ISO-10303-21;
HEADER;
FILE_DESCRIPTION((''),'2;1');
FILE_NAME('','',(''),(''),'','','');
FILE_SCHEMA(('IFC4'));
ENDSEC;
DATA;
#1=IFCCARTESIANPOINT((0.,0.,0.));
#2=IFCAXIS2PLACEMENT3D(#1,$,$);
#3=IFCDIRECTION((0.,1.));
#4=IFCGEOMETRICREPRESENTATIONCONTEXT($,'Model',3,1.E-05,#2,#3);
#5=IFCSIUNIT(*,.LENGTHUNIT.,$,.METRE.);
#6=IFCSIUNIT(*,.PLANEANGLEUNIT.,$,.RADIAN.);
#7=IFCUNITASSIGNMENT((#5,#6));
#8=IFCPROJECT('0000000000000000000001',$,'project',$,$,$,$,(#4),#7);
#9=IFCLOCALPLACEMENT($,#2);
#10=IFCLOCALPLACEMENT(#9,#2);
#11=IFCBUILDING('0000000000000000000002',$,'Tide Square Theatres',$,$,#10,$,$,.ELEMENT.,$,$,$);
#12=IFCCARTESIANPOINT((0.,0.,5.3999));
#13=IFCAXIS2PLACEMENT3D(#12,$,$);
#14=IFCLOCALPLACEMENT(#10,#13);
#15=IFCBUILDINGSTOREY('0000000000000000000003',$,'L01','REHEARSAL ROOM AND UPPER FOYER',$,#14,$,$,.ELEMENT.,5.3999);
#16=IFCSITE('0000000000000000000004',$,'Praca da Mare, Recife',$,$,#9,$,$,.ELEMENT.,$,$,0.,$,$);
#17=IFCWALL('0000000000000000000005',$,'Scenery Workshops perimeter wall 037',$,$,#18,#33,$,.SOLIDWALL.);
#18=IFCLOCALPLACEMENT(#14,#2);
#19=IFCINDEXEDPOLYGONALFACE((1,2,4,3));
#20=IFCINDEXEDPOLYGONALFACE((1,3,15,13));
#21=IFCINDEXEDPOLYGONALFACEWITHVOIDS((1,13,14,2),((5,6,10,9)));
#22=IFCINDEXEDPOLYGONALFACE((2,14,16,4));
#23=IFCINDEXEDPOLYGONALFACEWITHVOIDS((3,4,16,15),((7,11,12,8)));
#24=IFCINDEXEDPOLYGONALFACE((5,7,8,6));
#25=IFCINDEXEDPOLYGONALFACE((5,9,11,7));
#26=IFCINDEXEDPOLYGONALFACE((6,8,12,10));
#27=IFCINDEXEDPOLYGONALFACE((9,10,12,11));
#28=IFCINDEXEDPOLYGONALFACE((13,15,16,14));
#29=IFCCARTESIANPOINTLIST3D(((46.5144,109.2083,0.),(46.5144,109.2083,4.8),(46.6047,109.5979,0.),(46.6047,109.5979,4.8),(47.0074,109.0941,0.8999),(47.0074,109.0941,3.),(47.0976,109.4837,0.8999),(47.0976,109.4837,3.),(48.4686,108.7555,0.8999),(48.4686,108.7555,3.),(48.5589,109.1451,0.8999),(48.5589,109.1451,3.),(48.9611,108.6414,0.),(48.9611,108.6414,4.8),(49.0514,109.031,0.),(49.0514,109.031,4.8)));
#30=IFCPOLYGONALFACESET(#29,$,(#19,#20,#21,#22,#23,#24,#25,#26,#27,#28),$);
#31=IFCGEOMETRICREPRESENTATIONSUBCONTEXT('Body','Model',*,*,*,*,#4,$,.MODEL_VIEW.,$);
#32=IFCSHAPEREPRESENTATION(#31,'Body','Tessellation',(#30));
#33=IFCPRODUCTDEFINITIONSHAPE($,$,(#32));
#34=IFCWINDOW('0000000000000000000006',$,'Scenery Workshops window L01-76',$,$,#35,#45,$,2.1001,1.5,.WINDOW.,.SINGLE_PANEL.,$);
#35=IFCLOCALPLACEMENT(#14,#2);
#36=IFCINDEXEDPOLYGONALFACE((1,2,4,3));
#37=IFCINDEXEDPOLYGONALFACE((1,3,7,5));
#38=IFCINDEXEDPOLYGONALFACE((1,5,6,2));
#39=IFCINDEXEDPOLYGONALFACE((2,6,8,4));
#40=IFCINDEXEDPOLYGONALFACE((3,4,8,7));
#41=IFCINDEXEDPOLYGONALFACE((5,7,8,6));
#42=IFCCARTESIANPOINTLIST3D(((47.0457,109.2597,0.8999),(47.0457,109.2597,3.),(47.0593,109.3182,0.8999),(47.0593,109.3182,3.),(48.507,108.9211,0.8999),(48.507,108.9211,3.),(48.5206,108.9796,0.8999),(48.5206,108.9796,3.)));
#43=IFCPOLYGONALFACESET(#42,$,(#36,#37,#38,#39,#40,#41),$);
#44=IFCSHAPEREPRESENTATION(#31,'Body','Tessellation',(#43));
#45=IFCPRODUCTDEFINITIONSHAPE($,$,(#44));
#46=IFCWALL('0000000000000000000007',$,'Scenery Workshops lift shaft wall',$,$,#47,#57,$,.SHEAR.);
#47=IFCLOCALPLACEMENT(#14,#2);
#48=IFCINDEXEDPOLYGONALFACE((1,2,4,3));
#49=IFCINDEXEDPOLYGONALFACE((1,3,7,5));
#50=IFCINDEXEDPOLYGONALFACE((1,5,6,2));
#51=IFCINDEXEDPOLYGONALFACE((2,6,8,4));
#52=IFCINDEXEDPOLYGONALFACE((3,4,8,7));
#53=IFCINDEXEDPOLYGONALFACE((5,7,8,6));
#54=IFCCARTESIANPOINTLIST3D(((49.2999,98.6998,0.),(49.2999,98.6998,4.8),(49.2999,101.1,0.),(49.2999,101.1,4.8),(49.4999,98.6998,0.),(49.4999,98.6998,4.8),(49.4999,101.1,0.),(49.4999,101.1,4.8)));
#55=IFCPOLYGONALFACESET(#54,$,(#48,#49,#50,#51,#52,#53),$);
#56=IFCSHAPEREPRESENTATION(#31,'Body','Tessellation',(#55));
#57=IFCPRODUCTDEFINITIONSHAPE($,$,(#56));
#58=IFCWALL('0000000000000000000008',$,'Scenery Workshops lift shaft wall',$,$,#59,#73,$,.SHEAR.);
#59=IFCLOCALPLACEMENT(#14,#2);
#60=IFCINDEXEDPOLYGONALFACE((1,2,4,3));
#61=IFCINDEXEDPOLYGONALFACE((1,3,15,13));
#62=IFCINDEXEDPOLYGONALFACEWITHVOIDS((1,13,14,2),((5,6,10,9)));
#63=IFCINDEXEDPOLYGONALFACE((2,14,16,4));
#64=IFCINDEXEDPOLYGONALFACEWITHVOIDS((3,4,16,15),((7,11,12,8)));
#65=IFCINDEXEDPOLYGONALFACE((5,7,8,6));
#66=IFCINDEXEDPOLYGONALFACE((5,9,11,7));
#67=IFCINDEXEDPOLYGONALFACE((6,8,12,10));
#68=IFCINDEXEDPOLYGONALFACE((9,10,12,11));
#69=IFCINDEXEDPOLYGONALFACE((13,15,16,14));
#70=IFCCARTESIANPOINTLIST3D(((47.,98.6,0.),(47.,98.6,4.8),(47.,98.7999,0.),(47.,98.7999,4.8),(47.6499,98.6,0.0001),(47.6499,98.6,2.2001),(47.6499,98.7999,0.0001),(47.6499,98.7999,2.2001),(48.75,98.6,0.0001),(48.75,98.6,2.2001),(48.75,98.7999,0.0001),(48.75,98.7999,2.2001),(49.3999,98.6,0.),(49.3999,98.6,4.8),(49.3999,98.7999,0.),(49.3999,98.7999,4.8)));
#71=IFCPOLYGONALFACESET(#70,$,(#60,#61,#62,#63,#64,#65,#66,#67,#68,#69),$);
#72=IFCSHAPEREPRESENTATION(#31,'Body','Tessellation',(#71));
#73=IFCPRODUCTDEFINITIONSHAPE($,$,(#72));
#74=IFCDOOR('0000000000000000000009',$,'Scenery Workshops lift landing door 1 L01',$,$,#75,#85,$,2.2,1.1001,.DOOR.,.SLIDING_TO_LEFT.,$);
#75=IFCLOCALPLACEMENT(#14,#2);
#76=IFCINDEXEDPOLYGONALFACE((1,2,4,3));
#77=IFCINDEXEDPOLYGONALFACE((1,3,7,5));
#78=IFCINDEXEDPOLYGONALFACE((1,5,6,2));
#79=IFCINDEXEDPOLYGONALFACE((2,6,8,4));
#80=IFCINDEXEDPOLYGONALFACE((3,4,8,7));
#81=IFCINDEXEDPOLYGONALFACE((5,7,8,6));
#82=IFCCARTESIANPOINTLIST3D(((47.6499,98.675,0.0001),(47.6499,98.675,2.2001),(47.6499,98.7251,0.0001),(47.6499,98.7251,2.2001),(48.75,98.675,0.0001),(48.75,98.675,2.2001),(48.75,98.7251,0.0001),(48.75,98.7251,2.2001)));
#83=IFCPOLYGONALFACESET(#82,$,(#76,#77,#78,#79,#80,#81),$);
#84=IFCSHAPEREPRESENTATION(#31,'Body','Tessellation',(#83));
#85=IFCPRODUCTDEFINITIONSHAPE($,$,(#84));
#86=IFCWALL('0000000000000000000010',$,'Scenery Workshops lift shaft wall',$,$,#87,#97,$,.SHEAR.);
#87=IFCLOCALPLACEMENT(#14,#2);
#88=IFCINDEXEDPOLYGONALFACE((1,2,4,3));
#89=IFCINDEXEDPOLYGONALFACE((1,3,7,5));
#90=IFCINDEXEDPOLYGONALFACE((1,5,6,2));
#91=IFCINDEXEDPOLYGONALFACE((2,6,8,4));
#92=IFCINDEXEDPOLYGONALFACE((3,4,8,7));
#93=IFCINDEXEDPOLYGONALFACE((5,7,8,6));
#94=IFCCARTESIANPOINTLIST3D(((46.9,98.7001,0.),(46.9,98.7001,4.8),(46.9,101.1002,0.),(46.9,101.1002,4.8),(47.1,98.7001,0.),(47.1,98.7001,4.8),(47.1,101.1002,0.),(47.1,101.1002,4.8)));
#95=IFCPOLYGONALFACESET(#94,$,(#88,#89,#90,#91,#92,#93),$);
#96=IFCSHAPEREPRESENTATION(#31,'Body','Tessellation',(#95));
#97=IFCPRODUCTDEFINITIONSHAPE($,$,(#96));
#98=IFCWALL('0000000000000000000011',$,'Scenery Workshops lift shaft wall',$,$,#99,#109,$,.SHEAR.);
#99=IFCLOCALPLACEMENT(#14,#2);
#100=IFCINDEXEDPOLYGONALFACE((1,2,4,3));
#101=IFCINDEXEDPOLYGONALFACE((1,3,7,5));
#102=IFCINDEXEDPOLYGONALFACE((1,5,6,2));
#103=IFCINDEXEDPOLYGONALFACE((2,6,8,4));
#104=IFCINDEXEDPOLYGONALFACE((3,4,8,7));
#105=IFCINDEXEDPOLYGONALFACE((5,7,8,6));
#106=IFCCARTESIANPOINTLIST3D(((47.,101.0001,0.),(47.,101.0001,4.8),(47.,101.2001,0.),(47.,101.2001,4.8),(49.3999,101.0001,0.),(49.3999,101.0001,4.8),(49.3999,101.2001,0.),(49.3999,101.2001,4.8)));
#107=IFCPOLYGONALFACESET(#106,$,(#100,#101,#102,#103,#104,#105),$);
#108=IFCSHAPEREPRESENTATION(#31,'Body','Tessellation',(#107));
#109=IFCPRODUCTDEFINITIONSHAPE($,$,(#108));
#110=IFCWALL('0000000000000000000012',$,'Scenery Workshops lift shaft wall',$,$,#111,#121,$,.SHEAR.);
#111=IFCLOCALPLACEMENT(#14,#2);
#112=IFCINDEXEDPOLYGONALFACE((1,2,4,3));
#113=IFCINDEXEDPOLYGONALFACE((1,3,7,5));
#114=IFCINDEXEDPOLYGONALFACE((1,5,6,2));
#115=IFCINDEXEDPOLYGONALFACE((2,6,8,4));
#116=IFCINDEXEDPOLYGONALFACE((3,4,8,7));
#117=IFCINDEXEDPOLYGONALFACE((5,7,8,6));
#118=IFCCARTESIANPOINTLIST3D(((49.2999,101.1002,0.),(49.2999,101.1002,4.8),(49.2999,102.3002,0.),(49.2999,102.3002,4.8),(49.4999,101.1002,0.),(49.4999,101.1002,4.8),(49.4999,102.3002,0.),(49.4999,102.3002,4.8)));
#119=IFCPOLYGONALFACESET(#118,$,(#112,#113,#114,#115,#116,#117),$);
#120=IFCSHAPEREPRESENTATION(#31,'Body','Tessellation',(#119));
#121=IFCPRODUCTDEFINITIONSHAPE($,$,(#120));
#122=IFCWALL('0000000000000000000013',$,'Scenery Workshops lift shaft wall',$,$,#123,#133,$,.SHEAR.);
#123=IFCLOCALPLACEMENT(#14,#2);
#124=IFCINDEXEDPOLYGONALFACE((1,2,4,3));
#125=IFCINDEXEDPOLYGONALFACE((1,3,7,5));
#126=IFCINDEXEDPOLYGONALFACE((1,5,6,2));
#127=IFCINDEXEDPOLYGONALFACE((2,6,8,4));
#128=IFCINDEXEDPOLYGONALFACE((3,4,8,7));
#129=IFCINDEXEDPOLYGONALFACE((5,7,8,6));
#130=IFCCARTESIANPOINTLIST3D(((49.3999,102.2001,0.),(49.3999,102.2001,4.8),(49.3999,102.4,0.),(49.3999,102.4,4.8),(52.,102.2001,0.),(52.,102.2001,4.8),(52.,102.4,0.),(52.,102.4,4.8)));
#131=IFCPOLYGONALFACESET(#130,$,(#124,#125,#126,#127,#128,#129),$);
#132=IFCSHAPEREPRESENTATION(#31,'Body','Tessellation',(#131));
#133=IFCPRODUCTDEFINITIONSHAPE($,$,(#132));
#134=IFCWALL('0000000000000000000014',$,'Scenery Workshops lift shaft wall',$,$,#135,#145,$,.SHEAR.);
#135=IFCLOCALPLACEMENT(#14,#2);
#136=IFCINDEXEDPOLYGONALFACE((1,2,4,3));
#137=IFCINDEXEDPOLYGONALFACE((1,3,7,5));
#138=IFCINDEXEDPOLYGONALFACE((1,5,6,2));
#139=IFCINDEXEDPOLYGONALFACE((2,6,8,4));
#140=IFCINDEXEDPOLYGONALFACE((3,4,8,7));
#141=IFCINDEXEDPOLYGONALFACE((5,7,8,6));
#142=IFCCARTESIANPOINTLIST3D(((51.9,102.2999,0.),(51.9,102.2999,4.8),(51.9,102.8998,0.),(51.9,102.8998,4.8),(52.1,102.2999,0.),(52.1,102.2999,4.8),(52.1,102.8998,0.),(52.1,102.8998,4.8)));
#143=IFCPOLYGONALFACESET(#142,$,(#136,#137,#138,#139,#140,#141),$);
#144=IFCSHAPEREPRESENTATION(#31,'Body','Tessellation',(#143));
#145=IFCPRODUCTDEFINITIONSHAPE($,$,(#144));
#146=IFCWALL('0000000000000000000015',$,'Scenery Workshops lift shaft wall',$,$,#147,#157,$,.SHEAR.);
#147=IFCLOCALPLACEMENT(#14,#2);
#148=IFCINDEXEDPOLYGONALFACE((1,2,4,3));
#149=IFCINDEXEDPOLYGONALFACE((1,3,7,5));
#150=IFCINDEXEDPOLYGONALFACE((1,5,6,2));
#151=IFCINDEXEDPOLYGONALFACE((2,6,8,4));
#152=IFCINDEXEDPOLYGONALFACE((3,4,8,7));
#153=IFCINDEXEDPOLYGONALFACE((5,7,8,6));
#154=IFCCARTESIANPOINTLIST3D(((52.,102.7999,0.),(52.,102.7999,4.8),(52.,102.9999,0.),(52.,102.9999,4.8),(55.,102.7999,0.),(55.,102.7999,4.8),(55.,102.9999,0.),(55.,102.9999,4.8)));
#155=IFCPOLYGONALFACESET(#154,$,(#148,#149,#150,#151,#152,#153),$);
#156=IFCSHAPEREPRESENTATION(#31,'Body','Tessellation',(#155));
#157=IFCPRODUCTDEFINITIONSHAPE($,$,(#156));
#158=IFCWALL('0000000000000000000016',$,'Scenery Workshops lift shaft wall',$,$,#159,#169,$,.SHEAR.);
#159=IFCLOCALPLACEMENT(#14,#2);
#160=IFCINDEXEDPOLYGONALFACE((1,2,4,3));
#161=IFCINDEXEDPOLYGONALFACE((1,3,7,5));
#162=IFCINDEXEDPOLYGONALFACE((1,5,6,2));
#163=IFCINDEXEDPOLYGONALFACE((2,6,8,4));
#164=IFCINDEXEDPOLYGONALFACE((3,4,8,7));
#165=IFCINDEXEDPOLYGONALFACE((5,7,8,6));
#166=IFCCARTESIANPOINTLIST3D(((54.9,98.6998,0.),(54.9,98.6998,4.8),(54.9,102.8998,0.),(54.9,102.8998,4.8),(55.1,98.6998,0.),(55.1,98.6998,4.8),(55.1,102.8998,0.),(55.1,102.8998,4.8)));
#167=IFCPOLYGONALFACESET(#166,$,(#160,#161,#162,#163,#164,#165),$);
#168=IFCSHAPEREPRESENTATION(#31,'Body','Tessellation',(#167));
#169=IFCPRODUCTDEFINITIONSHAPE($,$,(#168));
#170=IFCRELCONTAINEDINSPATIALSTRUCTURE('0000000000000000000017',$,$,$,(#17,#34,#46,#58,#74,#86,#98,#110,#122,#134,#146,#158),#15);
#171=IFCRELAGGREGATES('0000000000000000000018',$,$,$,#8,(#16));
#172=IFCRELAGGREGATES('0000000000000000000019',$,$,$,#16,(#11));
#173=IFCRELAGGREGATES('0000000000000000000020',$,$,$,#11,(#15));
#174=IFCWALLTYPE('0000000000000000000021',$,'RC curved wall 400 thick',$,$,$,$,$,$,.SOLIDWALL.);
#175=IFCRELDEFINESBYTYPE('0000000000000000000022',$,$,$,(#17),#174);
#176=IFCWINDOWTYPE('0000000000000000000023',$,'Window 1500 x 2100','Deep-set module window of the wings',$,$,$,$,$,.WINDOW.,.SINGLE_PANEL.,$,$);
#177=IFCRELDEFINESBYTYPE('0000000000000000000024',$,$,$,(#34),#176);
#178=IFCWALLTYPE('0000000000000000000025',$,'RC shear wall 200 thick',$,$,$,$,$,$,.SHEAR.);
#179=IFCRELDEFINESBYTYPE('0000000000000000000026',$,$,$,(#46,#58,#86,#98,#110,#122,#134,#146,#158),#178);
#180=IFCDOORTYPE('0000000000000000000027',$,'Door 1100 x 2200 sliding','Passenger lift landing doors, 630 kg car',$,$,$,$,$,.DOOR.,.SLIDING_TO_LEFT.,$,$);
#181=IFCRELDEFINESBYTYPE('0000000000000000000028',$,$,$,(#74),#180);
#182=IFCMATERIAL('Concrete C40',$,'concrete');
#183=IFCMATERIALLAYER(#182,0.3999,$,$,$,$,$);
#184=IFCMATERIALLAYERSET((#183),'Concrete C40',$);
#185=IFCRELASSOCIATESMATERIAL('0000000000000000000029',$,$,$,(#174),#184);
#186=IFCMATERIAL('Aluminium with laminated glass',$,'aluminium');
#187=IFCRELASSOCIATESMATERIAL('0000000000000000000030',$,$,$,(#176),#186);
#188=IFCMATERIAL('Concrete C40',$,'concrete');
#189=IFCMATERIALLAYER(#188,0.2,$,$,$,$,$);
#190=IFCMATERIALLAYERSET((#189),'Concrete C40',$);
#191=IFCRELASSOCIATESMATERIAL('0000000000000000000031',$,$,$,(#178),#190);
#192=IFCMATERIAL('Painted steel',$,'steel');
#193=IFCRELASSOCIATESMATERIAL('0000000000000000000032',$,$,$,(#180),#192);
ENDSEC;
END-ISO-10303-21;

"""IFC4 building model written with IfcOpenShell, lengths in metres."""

from ifc_helpers import new_model, si_unit, direction, frame, frame_2d, origin, place, context, subcontext, project, spatial, rectangle, extrude, material, layer, layer_set, type_object, element, fill, save


model = new_model("IFC4")

# Units and contexts
model_context = context("Model", 3, precision=1e-05, world=origin(), true_north=direction((0.0, 1.0)))
body_context = subcontext(model_context, "Body", "Model", "MODEL_VIEW")
ifc_project = project(units=[si_unit("LENGTHUNIT", "METRE"), si_unit("PLANEANGLEUNIT", "RADIAN")], contexts=[model_context])

# Site, building, storey
site_placement = place(None, origin())
site = spatial("IfcSite", under=ifc_project, at=site_placement, Name="Praca da Mare, Recife", CompositionType="ELEMENT", RefElevation=0.0)
building_placement = place(site_placement, origin())
building = spatial("IfcBuilding", under=site, at=building_placement, Name="Tide Square Theatres", CompositionType="ELEMENT")
storey_placement = place(building_placement, frame((0.0, 0.0, 5.3999)))
storey = spatial("IfcBuildingStorey", under=building, at=storey_placement, Name="L01", Description="REHEARSAL ROOM AND UPPER FOYER", CompositionType="ELEMENT", Elevation=5.3999)

# Wall, opening, window
ifc_material_1 = material(Name="Concrete C40", Category="concrete")
ifc_layer_1 = layer(ifc_material_1, 0.3999)
ifc_layer_set_1 = layer_set([ifc_layer_1], Name="Concrete C40")
wall_type_1 = type_object("IfcWallType", Name="RC curved wall 400 thick", PredefinedType="SOLIDWALL", material=ifc_layer_set_1)
ifc_material_2 = material(Name="Aluminium with laminated glass", Category="aluminium")
window_type = type_object("IfcWindowType", Name="Window 1500 x 2100", Description="Deep-set module window of the wings", PartitioningType="SINGLE_PANEL", PredefinedType="WINDOW", material=ifc_material_2)
wall_1_placement = place(storey_placement, frame((49.0063, 108.8362, 0.0), z_axis=(0.0, 0.0, 1.0), x_axis=(-0.974189, 0.225733, 0.0)))
wall_1 = element("IfcWall", 1, at=wall_1_placement, inside=storey, type_object=wall_type_1, Name="Scenery Workshops perimeter wall 037", PredefinedType="SOLIDWALL", context=body_context, shape_type="SweptSolid", body=[
    extrude(rectangle(XDim=2.5115, YDim=0.3999, at=frame_2d((1.2559, 0.0))), origin(), (0.0, 0.0, 1.0), 4.8),
])
opening_1_placement = place(wall_1_placement, frame((0.5056, 0.0, 0.8999)))
opening_1 = element("IfcOpeningElement", 2, at=opening_1_placement, cuts=wall_1, PredefinedType="OPENING", context=body_context, shape_type="SweptSolid", body=[
    extrude(rectangle(XDim=1.5, YDim=2.1001, at=frame_2d((0.75, 1.05))), frame((0.0, 0.21, 0.0), z_axis=(0.0, -1.0, 0.0), x_axis=(1.0, 0.0, 0.0)), (0.0, 0.0, 1.0), 0.4199),
])
window_1_placement = place(opening_1_placement, origin())
window_1 = element("IfcWindow", 3, at=window_1_placement, inside=storey, type_object=window_type, Name="Scenery Workshops window L01-76", OverallHeight=2.1001, OverallWidth=1.5, PartitioningType="SINGLE_PANEL", PredefinedType="WINDOW", context=body_context, shape_type="SweptSolid", body=[
    extrude(rectangle(XDim=1.5, YDim=2.1001, at=frame_2d((0.75, 1.05))), frame((0.0, 0.03, 0.0), z_axis=(0.0, -1.0, 0.0), x_axis=(1.0, 0.0, 0.0)), (0.0, 0.0, 1.0), 0.0601),
])
fill(opening_1, window_1)

# Shared definitions
ifc_material_3 = material(Name="Concrete C40", Category="concrete")
ifc_layer_2 = layer(ifc_material_3, 0.2)
ifc_layer_set_2 = layer_set([ifc_layer_2], Name="Concrete C40")
wall_type_2 = type_object("IfcWallType", Name="RC shear wall 200 thick", PredefinedType="SHEAR", material=ifc_layer_set_2)

# Wall
wall_2_placement = place(storey_placement, frame((49.3999, 101.1001, 0.0), z_axis=(0.0, 0.0, 1.0), x_axis=(0.0, -1.0, 0.0)))
element("IfcWall", 4, at=wall_2_placement, inside=storey, type_object=wall_type_2, Name="Scenery Workshops lift shaft wall", PredefinedType="SHEAR", context=body_context, shape_type="SweptSolid", body=[
    extrude(rectangle(XDim=2.4001, YDim=0.2, at=frame_2d((1.2002, 0.0))), origin(), (0.0, 0.0, 1.0), 4.8),
])

# Wall, opening, door
wall_3_placement = place(storey_placement, frame((49.3999, 98.7, 0.0), z_axis=(0.0, 0.0, 1.0), x_axis=(-1.0, 0.0, 0.0)))
wall_3 = element("IfcWall", 5, at=wall_3_placement, inside=storey, type_object=wall_type_2, Name="Scenery Workshops lift shaft wall", PredefinedType="SHEAR", context=body_context, shape_type="SweptSolid", body=[
    extrude(rectangle(XDim=2.3999, YDim=0.2, at=frame_2d((1.2, 0.0))), origin(), (0.0, 0.0, 1.0), 4.8),
])
opening_2_placement = place(wall_3_placement, frame((0.6499, 0.0, 0.0)))
opening_2 = element("IfcOpeningElement", 6, at=opening_2_placement, cuts=wall_3, PredefinedType="OPENING", context=body_context, shape_type="SweptSolid", body=[
    extrude(rectangle(XDim=1.1001, YDim=2.2, at=frame_2d((0.55, 1.1001))), frame((0.0, 0.1099, 0.0), z_axis=(0.0, -1.0, 0.0), x_axis=(1.0, 0.0, 0.0)), (0.0, 0.0, 1.0), 0.22),
])
ifc_material_4 = material(Name="Painted steel", Category="steel")
door_type_1 = type_object("IfcDoorType", Name="Door 1100 x 2200 sliding", Description="Passenger lift landing doors, 630 kg car", OperationType="SLIDING_TO_LEFT", PredefinedType="DOOR", material=ifc_material_4)
door_1_placement = place(opening_2_placement, origin())
door_1 = element("IfcDoor", 7, at=door_1_placement, inside=storey, type_object=door_type_1, Name="Scenery Workshops lift landing door 1 L01", OperationType="SLIDING_TO_LEFT", OverallHeight=2.2, OverallWidth=1.1001, PredefinedType="DOOR", context=body_context, shape_type="SweptSolid", body=[
    extrude(rectangle(XDim=1.1001, YDim=2.2, at=frame_2d((0.55, 1.1001))), frame((0.0, 0.0249, 0.0), z_axis=(0.0, -1.0, 0.0), x_axis=(1.0, 0.0, 0.0)), (0.0, 0.0, 1.0), 0.05),
])
fill(opening_2, door_1)

# Walls
wall_4_placement = place(storey_placement, frame((47.0, 98.7, 0.0), z_axis=(0.0, 0.0, 1.0), x_axis=(0.0, 1.0, 0.0)))
element("IfcWall", 8, at=wall_4_placement, inside=storey, type_object=wall_type_2, Name="Scenery Workshops lift shaft wall", PredefinedType="SHEAR", context=body_context, shape_type="SweptSolid", body=[
    extrude(rectangle(XDim=2.4001, YDim=0.2, at=frame_2d((1.2002, 0.0))), origin(), (0.0, 0.0, 1.0), 4.8),
])
wall_5_placement = place(storey_placement, frame((47.0, 101.1001, 0.0), z_axis=(0.0, 0.0, 1.0), x_axis=(1.0, 0.0, 0.0)))
element("IfcWall", 9, at=wall_5_placement, inside=storey, type_object=wall_type_2, Name="Scenery Workshops lift shaft wall", PredefinedType="SHEAR", context=body_context, shape_type="SweptSolid", body=[
    extrude(rectangle(XDim=2.3999, YDim=0.2, at=frame_2d((1.2, 0.0))), origin(), (0.0, 0.0, 1.0), 4.8),
])
wall_6_placement = place(storey_placement, frame((49.3999, 101.1001, 0.0), z_axis=(0.0, 0.0, 1.0), x_axis=(0.0, 1.0, 0.0)))
element("IfcWall", 10, at=wall_6_placement, inside=storey, type_object=wall_type_2, Name="Scenery Workshops lift shaft wall", PredefinedType="SHEAR", context=body_context, shape_type="SweptSolid", body=[
    extrude(rectangle(XDim=1.2, YDim=0.2, at=frame_2d((0.6001, 0.0))), origin(), (0.0, 0.0, 1.0), 4.8),
])
wall_7_placement = place(storey_placement, frame((49.3999, 102.3, 0.0), z_axis=(0.0, 0.0, 1.0), x_axis=(1.0, 0.0, 0.0)))
element("IfcWall", 11, at=wall_7_placement, inside=storey, type_object=wall_type_2, Name="Scenery Workshops lift shaft wall", PredefinedType="SHEAR", context=body_context, shape_type="SweptSolid", body=[
    extrude(rectangle(XDim=2.6001, YDim=0.2, at=frame_2d((1.3, 0.0))), origin(), (0.0, 0.0, 1.0), 4.8),
])
wall_8_placement = place(storey_placement, frame((52.0, 102.3, 0.0), z_axis=(0.0, 0.0, 1.0), x_axis=(0.0, 1.0, 0.0)))
element("IfcWall", 12, at=wall_8_placement, inside=storey, type_object=wall_type_2, Name="Scenery Workshops lift shaft wall", PredefinedType="SHEAR", context=body_context, shape_type="SweptSolid", body=[
    extrude(rectangle(XDim=0.5999, YDim=0.2, at=frame_2d((0.2998, 0.0))), origin(), (0.0, 0.0, 1.0), 4.8),
])
wall_9_placement = place(storey_placement, frame((52.0, 102.8999, 0.0), z_axis=(0.0, 0.0, 1.0), x_axis=(1.0, 0.0, 0.0)))
element("IfcWall", 13, at=wall_9_placement, inside=storey, type_object=wall_type_2, Name="Scenery Workshops lift shaft wall", PredefinedType="SHEAR", context=body_context, shape_type="SweptSolid", body=[
    extrude(rectangle(XDim=3.0, YDim=0.2, at=frame_2d((1.5, 0.0))), origin(), (0.0, 0.0, 1.0), 4.8),
])
wall_10_placement = place(storey_placement, frame((55.0, 102.8999, 0.0), z_axis=(0.0, 0.0, 1.0), x_axis=(0.0, -1.0, 0.0)))
element("IfcWall", 14, at=wall_10_placement, inside=storey, type_object=wall_type_2, Name="Scenery Workshops lift shaft wall", PredefinedType="SHEAR", context=body_context, shape_type="SweptSolid", body=[
    extrude(rectangle(XDim=4.2, YDim=0.2, at=frame_2d((2.1001, 0.0))), origin(), (0.0, 0.0, 1.0), 4.8),
])

save(model, "model.ifc")
